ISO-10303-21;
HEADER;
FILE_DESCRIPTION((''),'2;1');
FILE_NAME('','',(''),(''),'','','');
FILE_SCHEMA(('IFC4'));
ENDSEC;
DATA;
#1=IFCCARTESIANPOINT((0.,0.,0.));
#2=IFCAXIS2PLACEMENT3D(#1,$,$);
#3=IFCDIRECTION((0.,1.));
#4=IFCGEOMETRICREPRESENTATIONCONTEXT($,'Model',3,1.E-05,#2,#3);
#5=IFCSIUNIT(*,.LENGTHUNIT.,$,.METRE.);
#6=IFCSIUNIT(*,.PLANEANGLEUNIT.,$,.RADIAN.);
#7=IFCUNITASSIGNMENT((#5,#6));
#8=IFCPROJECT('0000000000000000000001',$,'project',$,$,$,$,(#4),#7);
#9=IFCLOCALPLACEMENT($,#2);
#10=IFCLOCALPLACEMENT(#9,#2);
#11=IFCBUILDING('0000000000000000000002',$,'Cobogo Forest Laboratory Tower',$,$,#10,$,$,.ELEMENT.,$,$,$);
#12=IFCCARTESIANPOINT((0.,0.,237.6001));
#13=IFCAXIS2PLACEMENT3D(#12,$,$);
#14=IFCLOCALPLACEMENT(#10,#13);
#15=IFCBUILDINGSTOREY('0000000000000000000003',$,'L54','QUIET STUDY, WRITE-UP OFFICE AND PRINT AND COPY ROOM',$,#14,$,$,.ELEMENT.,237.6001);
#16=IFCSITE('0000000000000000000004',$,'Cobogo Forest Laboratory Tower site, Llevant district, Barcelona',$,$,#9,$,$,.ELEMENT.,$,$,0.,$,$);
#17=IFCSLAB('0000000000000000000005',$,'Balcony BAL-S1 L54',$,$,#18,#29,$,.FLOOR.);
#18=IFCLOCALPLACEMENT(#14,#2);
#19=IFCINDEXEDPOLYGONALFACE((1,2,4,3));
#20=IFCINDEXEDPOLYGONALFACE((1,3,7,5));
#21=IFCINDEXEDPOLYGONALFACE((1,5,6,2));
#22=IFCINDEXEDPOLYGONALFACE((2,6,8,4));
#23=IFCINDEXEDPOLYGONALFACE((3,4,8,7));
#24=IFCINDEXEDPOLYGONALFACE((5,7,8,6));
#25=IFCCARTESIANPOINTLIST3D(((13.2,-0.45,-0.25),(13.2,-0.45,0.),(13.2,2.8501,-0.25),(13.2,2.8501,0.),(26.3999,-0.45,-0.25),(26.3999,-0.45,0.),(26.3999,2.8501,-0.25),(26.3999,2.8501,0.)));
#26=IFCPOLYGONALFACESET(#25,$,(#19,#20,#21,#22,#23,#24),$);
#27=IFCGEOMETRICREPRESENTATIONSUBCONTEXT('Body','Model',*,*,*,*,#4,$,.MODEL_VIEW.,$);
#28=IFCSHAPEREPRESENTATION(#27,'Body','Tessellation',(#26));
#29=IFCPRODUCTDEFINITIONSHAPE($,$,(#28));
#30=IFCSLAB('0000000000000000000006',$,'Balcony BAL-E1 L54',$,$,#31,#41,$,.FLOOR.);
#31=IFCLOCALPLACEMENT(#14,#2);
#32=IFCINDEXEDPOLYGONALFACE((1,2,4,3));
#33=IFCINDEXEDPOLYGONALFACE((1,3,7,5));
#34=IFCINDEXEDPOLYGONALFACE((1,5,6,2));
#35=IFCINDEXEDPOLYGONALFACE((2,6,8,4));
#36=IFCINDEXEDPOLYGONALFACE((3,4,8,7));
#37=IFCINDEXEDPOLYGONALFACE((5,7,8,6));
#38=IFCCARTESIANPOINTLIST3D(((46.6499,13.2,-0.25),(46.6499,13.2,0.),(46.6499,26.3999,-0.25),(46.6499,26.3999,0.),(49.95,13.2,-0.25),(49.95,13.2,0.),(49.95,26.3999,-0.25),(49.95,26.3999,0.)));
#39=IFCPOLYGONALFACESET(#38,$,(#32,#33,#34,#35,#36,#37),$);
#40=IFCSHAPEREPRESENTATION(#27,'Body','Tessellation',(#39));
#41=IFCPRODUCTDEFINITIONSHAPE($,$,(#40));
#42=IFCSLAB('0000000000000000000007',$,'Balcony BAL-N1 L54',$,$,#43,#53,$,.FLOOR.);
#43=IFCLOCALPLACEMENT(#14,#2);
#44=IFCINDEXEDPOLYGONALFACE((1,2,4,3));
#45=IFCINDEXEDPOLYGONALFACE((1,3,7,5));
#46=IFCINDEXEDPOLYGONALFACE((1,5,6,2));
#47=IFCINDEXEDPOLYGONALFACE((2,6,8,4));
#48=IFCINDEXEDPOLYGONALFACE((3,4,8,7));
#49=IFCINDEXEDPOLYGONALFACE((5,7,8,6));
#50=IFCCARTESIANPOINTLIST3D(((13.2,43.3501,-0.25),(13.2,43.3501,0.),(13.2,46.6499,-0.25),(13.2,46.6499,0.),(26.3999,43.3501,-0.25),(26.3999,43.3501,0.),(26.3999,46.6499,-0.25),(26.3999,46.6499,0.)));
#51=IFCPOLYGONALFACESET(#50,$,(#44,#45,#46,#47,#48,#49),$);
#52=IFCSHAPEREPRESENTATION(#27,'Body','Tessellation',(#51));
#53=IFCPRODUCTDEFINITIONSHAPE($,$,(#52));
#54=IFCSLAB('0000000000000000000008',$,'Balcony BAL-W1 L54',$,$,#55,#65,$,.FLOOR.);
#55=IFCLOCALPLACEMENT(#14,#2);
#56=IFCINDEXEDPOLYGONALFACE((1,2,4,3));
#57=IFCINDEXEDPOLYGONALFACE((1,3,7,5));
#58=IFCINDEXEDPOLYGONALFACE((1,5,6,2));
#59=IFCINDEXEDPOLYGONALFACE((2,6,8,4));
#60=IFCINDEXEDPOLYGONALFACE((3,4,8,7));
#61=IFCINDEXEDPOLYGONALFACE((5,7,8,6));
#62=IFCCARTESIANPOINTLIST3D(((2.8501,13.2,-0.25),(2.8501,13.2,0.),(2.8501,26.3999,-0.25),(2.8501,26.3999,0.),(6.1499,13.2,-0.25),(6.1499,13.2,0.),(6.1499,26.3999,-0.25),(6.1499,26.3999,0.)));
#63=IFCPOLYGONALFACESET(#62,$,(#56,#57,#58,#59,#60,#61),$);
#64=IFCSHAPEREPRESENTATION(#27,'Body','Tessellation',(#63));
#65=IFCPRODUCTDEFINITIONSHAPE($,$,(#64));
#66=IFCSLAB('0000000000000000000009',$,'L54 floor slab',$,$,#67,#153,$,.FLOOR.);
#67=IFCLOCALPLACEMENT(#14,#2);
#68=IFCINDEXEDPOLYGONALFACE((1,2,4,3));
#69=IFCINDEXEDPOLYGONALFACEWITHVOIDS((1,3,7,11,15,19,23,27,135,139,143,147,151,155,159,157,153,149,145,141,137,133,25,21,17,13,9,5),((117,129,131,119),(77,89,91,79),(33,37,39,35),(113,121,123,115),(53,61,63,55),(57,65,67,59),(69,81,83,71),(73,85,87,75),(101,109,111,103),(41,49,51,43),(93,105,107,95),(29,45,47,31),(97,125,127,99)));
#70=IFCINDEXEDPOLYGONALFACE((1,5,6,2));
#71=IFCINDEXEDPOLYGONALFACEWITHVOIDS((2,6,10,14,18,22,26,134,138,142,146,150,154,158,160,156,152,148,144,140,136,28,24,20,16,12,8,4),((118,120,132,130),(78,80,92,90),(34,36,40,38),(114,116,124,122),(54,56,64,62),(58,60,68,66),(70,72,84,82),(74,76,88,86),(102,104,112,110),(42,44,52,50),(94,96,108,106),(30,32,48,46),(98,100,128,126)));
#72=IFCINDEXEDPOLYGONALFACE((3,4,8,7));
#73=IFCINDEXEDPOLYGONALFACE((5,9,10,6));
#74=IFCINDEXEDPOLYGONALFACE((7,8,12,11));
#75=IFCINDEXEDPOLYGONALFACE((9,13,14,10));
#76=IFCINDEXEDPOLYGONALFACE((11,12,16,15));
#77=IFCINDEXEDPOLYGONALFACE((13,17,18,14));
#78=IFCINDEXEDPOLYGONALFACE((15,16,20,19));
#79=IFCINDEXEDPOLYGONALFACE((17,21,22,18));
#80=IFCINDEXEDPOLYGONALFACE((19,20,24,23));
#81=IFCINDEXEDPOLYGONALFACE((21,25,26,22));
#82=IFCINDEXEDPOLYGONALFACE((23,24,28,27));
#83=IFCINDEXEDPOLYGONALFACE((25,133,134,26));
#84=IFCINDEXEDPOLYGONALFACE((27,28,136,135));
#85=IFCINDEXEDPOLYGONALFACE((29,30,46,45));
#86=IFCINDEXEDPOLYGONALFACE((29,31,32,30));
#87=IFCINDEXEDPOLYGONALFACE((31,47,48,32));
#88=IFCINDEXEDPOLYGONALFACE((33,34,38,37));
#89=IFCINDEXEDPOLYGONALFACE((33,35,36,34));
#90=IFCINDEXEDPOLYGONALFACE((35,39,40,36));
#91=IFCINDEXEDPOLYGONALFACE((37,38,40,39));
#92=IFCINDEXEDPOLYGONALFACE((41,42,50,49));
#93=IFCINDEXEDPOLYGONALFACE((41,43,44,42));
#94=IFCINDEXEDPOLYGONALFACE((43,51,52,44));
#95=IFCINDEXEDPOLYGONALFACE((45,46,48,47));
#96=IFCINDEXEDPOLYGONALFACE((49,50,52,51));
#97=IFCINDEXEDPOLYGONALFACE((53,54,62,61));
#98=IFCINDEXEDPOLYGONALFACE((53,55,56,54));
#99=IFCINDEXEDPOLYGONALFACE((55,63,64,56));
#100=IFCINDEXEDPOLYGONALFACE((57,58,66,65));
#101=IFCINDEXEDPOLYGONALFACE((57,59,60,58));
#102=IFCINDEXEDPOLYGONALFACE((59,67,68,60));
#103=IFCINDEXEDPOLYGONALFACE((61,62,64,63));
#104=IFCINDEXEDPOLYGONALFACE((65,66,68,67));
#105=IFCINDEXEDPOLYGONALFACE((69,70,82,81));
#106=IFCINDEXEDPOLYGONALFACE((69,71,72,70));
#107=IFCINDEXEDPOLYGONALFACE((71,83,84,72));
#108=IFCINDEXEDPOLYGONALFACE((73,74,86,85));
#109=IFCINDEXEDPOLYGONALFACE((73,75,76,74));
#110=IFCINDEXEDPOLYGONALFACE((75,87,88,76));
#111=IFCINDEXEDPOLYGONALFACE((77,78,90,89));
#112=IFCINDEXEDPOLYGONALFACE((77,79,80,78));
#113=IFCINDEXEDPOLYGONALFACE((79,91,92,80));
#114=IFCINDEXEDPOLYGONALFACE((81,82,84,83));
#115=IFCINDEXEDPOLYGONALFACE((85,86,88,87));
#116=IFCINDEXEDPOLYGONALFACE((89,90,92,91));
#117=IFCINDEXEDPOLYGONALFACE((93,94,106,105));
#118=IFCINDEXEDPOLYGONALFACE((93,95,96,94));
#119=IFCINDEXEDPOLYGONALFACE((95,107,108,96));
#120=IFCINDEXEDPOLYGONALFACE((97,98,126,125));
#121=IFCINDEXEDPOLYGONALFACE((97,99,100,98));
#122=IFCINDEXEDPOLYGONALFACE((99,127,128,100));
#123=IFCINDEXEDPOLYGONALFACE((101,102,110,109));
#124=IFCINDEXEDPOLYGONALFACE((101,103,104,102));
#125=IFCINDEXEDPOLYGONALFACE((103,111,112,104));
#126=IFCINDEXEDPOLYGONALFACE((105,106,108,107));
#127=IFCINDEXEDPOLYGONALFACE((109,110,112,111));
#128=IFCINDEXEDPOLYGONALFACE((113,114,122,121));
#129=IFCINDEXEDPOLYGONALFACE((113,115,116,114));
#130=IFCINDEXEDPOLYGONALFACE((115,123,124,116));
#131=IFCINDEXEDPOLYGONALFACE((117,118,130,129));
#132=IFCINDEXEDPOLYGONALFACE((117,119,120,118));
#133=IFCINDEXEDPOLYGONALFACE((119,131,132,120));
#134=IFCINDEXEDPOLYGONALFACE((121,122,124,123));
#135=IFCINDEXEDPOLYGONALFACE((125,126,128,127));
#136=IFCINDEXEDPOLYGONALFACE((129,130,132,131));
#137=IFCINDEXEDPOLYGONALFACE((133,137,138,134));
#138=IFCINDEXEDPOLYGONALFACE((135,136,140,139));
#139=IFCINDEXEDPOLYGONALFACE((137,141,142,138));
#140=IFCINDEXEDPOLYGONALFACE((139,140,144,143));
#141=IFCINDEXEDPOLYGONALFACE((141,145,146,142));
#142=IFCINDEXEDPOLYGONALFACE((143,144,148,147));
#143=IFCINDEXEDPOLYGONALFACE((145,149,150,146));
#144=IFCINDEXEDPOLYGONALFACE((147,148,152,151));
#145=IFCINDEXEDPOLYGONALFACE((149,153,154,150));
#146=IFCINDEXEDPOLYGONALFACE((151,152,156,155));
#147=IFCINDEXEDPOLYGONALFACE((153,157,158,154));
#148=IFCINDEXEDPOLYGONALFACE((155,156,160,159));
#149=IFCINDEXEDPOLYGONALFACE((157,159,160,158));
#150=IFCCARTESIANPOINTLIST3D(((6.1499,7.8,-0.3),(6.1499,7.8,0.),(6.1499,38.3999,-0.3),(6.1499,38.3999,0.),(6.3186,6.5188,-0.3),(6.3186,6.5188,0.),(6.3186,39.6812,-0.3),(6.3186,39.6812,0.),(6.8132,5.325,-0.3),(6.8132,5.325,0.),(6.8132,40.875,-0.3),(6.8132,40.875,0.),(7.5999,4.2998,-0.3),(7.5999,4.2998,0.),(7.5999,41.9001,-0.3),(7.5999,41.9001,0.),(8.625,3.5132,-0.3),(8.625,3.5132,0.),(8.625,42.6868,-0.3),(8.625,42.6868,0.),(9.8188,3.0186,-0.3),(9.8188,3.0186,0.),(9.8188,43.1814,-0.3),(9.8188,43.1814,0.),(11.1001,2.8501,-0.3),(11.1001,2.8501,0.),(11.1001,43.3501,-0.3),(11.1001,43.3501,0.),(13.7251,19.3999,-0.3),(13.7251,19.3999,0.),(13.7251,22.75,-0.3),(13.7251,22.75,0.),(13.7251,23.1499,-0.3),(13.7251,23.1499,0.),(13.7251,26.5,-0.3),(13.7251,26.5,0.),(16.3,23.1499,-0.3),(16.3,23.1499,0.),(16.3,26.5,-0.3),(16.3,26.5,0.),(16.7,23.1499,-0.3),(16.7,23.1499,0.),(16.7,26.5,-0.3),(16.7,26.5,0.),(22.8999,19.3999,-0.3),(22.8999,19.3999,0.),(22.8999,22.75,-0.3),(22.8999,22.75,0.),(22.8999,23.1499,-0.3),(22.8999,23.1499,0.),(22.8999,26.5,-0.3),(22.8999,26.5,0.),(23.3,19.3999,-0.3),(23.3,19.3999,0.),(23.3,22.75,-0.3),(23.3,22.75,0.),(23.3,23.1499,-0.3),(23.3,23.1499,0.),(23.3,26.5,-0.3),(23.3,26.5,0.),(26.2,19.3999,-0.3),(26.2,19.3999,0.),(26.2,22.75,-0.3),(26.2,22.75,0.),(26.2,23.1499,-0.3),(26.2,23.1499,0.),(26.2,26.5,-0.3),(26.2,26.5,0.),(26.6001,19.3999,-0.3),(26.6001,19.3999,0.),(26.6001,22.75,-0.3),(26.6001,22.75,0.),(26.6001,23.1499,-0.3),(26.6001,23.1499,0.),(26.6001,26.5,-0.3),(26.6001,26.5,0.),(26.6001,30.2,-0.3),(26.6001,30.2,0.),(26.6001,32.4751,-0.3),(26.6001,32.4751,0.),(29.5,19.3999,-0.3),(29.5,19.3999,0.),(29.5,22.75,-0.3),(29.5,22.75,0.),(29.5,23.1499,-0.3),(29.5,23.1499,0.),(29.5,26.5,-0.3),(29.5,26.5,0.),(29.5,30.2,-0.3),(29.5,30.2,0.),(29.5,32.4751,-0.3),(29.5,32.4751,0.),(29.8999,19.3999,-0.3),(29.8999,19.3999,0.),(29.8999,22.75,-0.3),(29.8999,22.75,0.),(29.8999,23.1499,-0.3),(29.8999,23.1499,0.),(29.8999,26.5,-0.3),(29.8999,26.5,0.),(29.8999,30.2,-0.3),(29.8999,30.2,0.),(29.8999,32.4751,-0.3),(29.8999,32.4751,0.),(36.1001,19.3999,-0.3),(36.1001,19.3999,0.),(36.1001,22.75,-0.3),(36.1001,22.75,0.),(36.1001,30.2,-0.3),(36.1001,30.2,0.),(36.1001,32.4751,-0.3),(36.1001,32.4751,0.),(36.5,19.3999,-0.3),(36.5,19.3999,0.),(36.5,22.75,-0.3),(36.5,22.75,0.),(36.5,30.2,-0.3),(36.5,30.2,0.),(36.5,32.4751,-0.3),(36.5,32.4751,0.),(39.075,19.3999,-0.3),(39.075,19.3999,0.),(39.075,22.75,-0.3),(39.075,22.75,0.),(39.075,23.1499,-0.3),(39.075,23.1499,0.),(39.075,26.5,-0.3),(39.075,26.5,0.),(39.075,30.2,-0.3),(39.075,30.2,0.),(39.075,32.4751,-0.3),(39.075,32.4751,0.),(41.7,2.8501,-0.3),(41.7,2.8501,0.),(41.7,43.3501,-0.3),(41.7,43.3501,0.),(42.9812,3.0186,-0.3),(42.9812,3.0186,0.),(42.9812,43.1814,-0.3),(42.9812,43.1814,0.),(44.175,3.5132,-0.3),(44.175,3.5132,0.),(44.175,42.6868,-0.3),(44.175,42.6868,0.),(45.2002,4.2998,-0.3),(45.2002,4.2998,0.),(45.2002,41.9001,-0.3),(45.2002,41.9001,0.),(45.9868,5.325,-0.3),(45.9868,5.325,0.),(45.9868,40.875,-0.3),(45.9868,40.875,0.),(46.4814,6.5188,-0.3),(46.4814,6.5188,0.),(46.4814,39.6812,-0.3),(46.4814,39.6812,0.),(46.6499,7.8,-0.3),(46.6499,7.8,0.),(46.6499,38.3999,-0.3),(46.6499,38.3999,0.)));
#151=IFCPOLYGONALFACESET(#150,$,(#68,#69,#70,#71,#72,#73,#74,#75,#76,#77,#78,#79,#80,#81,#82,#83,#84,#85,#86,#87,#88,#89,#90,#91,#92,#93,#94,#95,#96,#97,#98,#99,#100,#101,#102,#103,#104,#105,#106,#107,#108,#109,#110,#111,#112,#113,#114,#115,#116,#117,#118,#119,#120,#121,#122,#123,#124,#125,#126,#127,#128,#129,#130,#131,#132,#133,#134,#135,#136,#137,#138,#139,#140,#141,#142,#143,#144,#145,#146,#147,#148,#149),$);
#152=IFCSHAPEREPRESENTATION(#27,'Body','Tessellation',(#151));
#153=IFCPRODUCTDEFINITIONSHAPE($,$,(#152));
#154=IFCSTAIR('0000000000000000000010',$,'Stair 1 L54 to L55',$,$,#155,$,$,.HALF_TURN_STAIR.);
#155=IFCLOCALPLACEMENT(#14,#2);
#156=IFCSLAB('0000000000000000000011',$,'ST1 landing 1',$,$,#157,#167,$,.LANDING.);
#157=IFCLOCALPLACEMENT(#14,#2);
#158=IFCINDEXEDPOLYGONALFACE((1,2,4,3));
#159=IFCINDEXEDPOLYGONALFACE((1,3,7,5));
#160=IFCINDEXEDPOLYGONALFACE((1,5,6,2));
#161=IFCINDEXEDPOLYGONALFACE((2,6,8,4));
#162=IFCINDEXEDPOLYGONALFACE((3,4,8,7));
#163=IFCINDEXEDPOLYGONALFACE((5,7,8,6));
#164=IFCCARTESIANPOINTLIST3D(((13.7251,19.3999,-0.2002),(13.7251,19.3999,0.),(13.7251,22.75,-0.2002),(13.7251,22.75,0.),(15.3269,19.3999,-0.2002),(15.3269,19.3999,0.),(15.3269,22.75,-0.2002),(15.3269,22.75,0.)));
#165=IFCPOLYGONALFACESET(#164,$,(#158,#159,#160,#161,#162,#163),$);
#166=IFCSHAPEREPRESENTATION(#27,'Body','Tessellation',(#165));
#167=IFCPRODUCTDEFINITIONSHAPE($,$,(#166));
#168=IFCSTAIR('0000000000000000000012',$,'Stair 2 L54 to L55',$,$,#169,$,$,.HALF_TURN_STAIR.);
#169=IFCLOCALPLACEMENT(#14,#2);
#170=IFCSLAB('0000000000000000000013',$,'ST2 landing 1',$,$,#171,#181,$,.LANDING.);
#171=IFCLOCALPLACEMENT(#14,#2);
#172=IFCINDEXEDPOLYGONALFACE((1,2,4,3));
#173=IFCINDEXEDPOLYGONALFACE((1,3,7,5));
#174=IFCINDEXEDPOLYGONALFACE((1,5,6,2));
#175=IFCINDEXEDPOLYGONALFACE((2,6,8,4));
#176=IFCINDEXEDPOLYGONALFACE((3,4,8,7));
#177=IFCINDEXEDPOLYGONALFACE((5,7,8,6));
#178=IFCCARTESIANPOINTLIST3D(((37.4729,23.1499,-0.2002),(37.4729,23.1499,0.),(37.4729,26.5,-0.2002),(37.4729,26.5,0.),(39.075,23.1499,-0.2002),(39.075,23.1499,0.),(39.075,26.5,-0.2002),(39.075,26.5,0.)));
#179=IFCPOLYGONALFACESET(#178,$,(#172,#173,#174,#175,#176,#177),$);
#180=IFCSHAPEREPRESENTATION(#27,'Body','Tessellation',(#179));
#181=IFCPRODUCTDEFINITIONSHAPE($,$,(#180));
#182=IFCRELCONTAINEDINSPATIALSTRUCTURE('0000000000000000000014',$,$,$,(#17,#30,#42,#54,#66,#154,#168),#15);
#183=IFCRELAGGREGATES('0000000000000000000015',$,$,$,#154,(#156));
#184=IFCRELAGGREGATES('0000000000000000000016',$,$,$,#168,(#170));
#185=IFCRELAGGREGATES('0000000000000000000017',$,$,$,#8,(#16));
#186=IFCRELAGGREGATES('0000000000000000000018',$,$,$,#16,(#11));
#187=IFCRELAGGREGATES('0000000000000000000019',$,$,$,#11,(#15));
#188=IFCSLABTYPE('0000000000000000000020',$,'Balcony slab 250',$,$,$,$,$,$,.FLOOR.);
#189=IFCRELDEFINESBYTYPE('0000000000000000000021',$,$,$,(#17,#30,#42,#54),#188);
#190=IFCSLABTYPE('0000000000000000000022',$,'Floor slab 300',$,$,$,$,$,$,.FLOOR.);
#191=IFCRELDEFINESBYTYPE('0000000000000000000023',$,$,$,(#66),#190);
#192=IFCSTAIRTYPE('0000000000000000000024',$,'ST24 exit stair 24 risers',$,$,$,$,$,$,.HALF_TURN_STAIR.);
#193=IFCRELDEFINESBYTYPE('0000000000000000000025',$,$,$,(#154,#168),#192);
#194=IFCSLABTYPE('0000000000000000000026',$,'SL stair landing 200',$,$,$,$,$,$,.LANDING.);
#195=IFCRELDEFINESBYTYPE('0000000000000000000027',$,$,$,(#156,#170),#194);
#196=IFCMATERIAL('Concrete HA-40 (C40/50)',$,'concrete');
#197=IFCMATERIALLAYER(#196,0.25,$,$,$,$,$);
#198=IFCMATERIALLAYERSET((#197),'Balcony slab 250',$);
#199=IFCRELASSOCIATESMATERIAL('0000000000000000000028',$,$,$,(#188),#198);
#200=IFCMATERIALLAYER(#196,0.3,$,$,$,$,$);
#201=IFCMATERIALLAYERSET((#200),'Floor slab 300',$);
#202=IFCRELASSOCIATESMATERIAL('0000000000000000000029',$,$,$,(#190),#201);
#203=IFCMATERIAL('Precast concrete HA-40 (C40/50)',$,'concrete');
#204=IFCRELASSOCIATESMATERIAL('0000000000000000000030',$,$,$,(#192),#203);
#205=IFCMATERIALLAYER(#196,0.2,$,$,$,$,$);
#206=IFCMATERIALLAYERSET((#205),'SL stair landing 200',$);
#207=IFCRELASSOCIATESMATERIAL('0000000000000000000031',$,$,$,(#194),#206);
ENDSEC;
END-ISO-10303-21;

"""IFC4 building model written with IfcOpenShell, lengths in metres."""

from ifc_helpers import new_model, si_unit, direction, frame, origin, place, context, subcontext, project, spatial, polyline, outline, extrude, material, layer, layer_set, type_object, element, aggregate, save


model = new_model("IFC4")

# Units and contexts
model_context = context("Model", 3, precision=1e-05, world=origin(), true_north=direction((0.0, 1.0)))
body_context = subcontext(model_context, "Body", "Model", "MODEL_VIEW")
ifc_project = project(units=[si_unit("LENGTHUNIT", "METRE"), si_unit("PLANEANGLEUNIT", "RADIAN")], contexts=[model_context])

# Site, building, storey
site_placement = place(None, origin())
site = spatial("IfcSite", under=ifc_project, at=site_placement, Name="Cobogo Forest Laboratory Tower site, Llevant district, Barcelona", CompositionType="ELEMENT", RefElevation=0.0)
building_placement = place(site_placement, origin())
building = spatial("IfcBuilding", under=site, at=building_placement, Name="Cobogo Forest Laboratory Tower", CompositionType="ELEMENT")
storey_placement = place(building_placement, frame((0.0, 0.0, 237.6001)))
storey = spatial("IfcBuildingStorey", under=building, at=storey_placement, Name="L54", Description="QUIET STUDY, WRITE-UP OFFICE AND PRINT AND COPY ROOM", CompositionType="ELEMENT", Elevation=237.6001)

# Slabs
ifc_material_1 = material(Name="Concrete HA-40 (C40/50)", Category="concrete")
ifc_layer_1 = layer(ifc_material_1, 0.25)
ifc_layer_set_1 = layer_set([ifc_layer_1], Name="Balcony slab 250")
slab_type_1 = type_object("IfcSlabType", Name="Balcony slab 250", PredefinedType="FLOOR", material=ifc_layer_set_1)
slab_1_placement = place(storey_placement, frame((0.0, 0.0, -0.25)))
element("IfcSlab", 1, at=slab_1_placement, inside=storey, type_object=slab_type_1, Name="Balcony BAL-S1 L54", PredefinedType="FLOOR", context=body_context, shape_type="SweptSolid", body=[
    extrude(outline(polyline([(13.2, -0.45), (26.3999, -0.45), (26.3999, 2.8501), (13.2, 2.8501), (13.2, -0.45)])), origin(), (0.0, 0.0, 1.0), 0.25),
])
slab_2_placement = place(storey_placement, frame((0.0, 0.0, -0.25)))
element("IfcSlab", 2, at=slab_2_placement, inside=storey, type_object=slab_type_1, Name="Balcony BAL-E1 L54", PredefinedType="FLOOR", context=body_context, shape_type="SweptSolid", body=[
    extrude(outline(polyline([(46.6499, 13.2), (49.95, 13.2), (49.95, 26.3999), (46.6499, 26.3999), (46.6499, 13.2)])), origin(), (0.0, 0.0, 1.0), 0.25),
])
slab_3_placement = place(storey_placement, frame((0.0, 0.0, -0.25)))
element("IfcSlab", 3, at=slab_3_placement, inside=storey, type_object=slab_type_1, Name="Balcony BAL-N1 L54", PredefinedType="FLOOR", context=body_context, shape_type="SweptSolid", body=[
    extrude(outline(polyline([(13.2, 43.3501), (26.3999, 43.3501), (26.3999, 46.6499), (13.2, 46.6499), (13.2, 43.3501)])), origin(), (0.0, 0.0, 1.0), 0.25),
])
slab_4_placement = place(storey_placement, frame((0.0, 0.0, -0.25)))
element("IfcSlab", 4, at=slab_4_placement, inside=storey, type_object=slab_type_1, Name="Balcony BAL-W1 L54", PredefinedType="FLOOR", context=body_context, shape_type="SweptSolid", body=[
    extrude(outline(polyline([(2.8501, 13.2), (6.1499, 13.2), (6.1499, 26.3999), (2.8501, 26.3999), (2.8501, 13.2)])), origin(), (0.0, 0.0, 1.0), 0.25),
])
ifc_layer_2 = layer(ifc_material_1, 0.3)
ifc_layer_set_2 = layer_set([ifc_layer_2], Name="Floor slab 300")
slab_type_2 = type_object("IfcSlabType", Name="Floor slab 300", PredefinedType="FLOOR", material=ifc_layer_set_2)
slab_5_placement = place(storey_placement, frame((0.0, 0.0, -0.3)))
element("IfcSlab", 5, at=slab_5_placement, inside=storey, type_object=slab_type_2, Name="L54 floor slab", PredefinedType="FLOOR", context=body_context, shape_type="SweptSolid", body=[
    extrude(outline(polyline([(41.7, 2.8501), (42.9812, 3.0186), (44.175, 3.5132), (45.2002, 4.2998), (45.9868, 5.325), (46.4814, 6.5188), (46.6499, 7.8), (46.6499, 38.3999), (46.4814, 39.6812), (45.9868, 40.875), (45.2002, 41.9001), (44.175, 42.6868), (42.9812, 43.1814), (41.7, 43.3501), (11.1001, 43.3501), (9.8188, 43.1814), (8.625, 42.6868), (7.5999, 41.9001), (6.8132, 40.875), (6.3186, 39.6812), (6.1499, 38.3999), (6.1499, 7.8), (6.3186, 6.5188), (6.8132, 5.325), (7.5999, 4.2998), (8.625, 3.5132), (9.8188, 3.0186), (11.1001, 2.8501), (41.7, 2.8501)]), holes=[polyline([(22.8999, 19.3999), (13.7251, 19.3999), (13.7251, 22.75), (22.8999, 22.75), (22.8999, 19.3999)]), polyline([(26.2, 19.3999), (23.3, 19.3999), (23.3, 22.75), (26.2, 22.75), (26.2, 19.3999)]), polyline([(29.5, 19.3999), (26.6001, 19.3999), (26.6001, 22.75), (29.5, 22.75), (29.5, 19.3999)]), polyline([(36.1001, 22.75), (36.1001, 19.3999), (29.8999, 19.3999), (29.8999, 22.75), (36.1001, 22.75)]), polyline([(39.075, 19.3999), (36.5, 19.3999), (36.5, 22.75), (39.075, 22.75), (39.075, 19.3999)]), polyline([(16.3, 23.1499), (13.7251, 23.1499), (13.7251, 26.5), (16.3, 26.5), (16.3, 23.1499)]), polyline([(22.8999, 26.5), (22.8999, 23.1499), (16.7, 23.1499), (16.7, 26.5), (22.8999, 26.5)]), polyline([(26.2, 23.1499), (23.3, 23.1499), (23.3, 26.5), (26.2, 26.5), (26.2, 23.1499)]), polyline([(29.5, 23.1499), (26.6001, 23.1499), (26.6001, 26.5), (29.5, 26.5), (29.5, 23.1499)]), polyline([(39.075, 23.1499), (29.8999, 23.1499), (29.8999, 26.5), (39.075, 26.5), (39.075, 23.1499)]), polyline([(29.5, 30.2), (26.6001, 30.2), (26.6001, 32.4751), (29.5, 32.4751), (29.5, 30.2)]), polyline([(36.1001, 32.4751), (36.1001, 30.2), (29.8999, 30.2), (29.8999, 32.4751), (36.1001, 32.4751)]), polyline([(39.075, 30.2), (36.5, 30.2), (36.5, 32.4751), (39.075, 32.4751), (39.075, 30.2)])]), origin(), (0.0, 0.0, 1.0), 0.3),
])

# Stairs, slabs
ifc_material_2 = material(Name="Precast concrete HA-40 (C40/50)", Category="concrete")
stair_type = type_object("IfcStairType", Name="ST24 exit stair 24 risers", PredefinedType="HALF_TURN_STAIR", material=ifc_material_2)
stair_1_placement = place(storey_placement, origin())
stair_1 = element("IfcStair", 6, at=stair_1_placement, inside=storey, type_object=stair_type, Name="Stair 1 L54 to L55", PredefinedType="HALF_TURN_STAIR")
ifc_layer_3 = layer(ifc_material_1, 0.2)
ifc_layer_set_3 = layer_set([ifc_layer_3], Name="SL stair landing 200")
slab_type_3 = type_object("IfcSlabType", Name="SL stair landing 200", PredefinedType="LANDING", material=ifc_layer_set_3)
slab_6_placement = place(storey_placement, frame((0.0, 0.0, -0.2002)))
slab_6 = element("IfcSlab", 7, at=slab_6_placement, type_object=slab_type_3, Name="ST1 landing 1", PredefinedType="LANDING", context=body_context, shape_type="SweptSolid", body=[
    extrude(outline(polyline([(13.7251, 19.3999), (15.3269, 19.3999), (15.3269, 22.75), (13.7251, 22.75), (13.7251, 19.3999)])), origin(), (0.0, 0.0, 1.0), 0.2002),
])
aggregate(stair_1, [slab_6])
stair_2_placement = place(storey_placement, origin())
stair_2 = element("IfcStair", 8, at=stair_2_placement, inside=storey, type_object=stair_type, Name="Stair 2 L54 to L55", PredefinedType="HALF_TURN_STAIR")
slab_7_placement = place(storey_placement, frame((0.0, 0.0, -0.2002)))
slab_7 = element("IfcSlab", 9, at=slab_7_placement, type_object=slab_type_3, Name="ST2 landing 1", PredefinedType="LANDING", context=body_context, shape_type="SweptSolid", body=[
    extrude(outline(polyline([(37.4729, 23.1499), (39.075, 23.1499), (39.075, 26.5), (37.4729, 26.5), (37.4729, 23.1499)])), origin(), (0.0, 0.0, 1.0), 0.2002),
])
aggregate(stair_2, [slab_7])

save(model, "model.ifc")
